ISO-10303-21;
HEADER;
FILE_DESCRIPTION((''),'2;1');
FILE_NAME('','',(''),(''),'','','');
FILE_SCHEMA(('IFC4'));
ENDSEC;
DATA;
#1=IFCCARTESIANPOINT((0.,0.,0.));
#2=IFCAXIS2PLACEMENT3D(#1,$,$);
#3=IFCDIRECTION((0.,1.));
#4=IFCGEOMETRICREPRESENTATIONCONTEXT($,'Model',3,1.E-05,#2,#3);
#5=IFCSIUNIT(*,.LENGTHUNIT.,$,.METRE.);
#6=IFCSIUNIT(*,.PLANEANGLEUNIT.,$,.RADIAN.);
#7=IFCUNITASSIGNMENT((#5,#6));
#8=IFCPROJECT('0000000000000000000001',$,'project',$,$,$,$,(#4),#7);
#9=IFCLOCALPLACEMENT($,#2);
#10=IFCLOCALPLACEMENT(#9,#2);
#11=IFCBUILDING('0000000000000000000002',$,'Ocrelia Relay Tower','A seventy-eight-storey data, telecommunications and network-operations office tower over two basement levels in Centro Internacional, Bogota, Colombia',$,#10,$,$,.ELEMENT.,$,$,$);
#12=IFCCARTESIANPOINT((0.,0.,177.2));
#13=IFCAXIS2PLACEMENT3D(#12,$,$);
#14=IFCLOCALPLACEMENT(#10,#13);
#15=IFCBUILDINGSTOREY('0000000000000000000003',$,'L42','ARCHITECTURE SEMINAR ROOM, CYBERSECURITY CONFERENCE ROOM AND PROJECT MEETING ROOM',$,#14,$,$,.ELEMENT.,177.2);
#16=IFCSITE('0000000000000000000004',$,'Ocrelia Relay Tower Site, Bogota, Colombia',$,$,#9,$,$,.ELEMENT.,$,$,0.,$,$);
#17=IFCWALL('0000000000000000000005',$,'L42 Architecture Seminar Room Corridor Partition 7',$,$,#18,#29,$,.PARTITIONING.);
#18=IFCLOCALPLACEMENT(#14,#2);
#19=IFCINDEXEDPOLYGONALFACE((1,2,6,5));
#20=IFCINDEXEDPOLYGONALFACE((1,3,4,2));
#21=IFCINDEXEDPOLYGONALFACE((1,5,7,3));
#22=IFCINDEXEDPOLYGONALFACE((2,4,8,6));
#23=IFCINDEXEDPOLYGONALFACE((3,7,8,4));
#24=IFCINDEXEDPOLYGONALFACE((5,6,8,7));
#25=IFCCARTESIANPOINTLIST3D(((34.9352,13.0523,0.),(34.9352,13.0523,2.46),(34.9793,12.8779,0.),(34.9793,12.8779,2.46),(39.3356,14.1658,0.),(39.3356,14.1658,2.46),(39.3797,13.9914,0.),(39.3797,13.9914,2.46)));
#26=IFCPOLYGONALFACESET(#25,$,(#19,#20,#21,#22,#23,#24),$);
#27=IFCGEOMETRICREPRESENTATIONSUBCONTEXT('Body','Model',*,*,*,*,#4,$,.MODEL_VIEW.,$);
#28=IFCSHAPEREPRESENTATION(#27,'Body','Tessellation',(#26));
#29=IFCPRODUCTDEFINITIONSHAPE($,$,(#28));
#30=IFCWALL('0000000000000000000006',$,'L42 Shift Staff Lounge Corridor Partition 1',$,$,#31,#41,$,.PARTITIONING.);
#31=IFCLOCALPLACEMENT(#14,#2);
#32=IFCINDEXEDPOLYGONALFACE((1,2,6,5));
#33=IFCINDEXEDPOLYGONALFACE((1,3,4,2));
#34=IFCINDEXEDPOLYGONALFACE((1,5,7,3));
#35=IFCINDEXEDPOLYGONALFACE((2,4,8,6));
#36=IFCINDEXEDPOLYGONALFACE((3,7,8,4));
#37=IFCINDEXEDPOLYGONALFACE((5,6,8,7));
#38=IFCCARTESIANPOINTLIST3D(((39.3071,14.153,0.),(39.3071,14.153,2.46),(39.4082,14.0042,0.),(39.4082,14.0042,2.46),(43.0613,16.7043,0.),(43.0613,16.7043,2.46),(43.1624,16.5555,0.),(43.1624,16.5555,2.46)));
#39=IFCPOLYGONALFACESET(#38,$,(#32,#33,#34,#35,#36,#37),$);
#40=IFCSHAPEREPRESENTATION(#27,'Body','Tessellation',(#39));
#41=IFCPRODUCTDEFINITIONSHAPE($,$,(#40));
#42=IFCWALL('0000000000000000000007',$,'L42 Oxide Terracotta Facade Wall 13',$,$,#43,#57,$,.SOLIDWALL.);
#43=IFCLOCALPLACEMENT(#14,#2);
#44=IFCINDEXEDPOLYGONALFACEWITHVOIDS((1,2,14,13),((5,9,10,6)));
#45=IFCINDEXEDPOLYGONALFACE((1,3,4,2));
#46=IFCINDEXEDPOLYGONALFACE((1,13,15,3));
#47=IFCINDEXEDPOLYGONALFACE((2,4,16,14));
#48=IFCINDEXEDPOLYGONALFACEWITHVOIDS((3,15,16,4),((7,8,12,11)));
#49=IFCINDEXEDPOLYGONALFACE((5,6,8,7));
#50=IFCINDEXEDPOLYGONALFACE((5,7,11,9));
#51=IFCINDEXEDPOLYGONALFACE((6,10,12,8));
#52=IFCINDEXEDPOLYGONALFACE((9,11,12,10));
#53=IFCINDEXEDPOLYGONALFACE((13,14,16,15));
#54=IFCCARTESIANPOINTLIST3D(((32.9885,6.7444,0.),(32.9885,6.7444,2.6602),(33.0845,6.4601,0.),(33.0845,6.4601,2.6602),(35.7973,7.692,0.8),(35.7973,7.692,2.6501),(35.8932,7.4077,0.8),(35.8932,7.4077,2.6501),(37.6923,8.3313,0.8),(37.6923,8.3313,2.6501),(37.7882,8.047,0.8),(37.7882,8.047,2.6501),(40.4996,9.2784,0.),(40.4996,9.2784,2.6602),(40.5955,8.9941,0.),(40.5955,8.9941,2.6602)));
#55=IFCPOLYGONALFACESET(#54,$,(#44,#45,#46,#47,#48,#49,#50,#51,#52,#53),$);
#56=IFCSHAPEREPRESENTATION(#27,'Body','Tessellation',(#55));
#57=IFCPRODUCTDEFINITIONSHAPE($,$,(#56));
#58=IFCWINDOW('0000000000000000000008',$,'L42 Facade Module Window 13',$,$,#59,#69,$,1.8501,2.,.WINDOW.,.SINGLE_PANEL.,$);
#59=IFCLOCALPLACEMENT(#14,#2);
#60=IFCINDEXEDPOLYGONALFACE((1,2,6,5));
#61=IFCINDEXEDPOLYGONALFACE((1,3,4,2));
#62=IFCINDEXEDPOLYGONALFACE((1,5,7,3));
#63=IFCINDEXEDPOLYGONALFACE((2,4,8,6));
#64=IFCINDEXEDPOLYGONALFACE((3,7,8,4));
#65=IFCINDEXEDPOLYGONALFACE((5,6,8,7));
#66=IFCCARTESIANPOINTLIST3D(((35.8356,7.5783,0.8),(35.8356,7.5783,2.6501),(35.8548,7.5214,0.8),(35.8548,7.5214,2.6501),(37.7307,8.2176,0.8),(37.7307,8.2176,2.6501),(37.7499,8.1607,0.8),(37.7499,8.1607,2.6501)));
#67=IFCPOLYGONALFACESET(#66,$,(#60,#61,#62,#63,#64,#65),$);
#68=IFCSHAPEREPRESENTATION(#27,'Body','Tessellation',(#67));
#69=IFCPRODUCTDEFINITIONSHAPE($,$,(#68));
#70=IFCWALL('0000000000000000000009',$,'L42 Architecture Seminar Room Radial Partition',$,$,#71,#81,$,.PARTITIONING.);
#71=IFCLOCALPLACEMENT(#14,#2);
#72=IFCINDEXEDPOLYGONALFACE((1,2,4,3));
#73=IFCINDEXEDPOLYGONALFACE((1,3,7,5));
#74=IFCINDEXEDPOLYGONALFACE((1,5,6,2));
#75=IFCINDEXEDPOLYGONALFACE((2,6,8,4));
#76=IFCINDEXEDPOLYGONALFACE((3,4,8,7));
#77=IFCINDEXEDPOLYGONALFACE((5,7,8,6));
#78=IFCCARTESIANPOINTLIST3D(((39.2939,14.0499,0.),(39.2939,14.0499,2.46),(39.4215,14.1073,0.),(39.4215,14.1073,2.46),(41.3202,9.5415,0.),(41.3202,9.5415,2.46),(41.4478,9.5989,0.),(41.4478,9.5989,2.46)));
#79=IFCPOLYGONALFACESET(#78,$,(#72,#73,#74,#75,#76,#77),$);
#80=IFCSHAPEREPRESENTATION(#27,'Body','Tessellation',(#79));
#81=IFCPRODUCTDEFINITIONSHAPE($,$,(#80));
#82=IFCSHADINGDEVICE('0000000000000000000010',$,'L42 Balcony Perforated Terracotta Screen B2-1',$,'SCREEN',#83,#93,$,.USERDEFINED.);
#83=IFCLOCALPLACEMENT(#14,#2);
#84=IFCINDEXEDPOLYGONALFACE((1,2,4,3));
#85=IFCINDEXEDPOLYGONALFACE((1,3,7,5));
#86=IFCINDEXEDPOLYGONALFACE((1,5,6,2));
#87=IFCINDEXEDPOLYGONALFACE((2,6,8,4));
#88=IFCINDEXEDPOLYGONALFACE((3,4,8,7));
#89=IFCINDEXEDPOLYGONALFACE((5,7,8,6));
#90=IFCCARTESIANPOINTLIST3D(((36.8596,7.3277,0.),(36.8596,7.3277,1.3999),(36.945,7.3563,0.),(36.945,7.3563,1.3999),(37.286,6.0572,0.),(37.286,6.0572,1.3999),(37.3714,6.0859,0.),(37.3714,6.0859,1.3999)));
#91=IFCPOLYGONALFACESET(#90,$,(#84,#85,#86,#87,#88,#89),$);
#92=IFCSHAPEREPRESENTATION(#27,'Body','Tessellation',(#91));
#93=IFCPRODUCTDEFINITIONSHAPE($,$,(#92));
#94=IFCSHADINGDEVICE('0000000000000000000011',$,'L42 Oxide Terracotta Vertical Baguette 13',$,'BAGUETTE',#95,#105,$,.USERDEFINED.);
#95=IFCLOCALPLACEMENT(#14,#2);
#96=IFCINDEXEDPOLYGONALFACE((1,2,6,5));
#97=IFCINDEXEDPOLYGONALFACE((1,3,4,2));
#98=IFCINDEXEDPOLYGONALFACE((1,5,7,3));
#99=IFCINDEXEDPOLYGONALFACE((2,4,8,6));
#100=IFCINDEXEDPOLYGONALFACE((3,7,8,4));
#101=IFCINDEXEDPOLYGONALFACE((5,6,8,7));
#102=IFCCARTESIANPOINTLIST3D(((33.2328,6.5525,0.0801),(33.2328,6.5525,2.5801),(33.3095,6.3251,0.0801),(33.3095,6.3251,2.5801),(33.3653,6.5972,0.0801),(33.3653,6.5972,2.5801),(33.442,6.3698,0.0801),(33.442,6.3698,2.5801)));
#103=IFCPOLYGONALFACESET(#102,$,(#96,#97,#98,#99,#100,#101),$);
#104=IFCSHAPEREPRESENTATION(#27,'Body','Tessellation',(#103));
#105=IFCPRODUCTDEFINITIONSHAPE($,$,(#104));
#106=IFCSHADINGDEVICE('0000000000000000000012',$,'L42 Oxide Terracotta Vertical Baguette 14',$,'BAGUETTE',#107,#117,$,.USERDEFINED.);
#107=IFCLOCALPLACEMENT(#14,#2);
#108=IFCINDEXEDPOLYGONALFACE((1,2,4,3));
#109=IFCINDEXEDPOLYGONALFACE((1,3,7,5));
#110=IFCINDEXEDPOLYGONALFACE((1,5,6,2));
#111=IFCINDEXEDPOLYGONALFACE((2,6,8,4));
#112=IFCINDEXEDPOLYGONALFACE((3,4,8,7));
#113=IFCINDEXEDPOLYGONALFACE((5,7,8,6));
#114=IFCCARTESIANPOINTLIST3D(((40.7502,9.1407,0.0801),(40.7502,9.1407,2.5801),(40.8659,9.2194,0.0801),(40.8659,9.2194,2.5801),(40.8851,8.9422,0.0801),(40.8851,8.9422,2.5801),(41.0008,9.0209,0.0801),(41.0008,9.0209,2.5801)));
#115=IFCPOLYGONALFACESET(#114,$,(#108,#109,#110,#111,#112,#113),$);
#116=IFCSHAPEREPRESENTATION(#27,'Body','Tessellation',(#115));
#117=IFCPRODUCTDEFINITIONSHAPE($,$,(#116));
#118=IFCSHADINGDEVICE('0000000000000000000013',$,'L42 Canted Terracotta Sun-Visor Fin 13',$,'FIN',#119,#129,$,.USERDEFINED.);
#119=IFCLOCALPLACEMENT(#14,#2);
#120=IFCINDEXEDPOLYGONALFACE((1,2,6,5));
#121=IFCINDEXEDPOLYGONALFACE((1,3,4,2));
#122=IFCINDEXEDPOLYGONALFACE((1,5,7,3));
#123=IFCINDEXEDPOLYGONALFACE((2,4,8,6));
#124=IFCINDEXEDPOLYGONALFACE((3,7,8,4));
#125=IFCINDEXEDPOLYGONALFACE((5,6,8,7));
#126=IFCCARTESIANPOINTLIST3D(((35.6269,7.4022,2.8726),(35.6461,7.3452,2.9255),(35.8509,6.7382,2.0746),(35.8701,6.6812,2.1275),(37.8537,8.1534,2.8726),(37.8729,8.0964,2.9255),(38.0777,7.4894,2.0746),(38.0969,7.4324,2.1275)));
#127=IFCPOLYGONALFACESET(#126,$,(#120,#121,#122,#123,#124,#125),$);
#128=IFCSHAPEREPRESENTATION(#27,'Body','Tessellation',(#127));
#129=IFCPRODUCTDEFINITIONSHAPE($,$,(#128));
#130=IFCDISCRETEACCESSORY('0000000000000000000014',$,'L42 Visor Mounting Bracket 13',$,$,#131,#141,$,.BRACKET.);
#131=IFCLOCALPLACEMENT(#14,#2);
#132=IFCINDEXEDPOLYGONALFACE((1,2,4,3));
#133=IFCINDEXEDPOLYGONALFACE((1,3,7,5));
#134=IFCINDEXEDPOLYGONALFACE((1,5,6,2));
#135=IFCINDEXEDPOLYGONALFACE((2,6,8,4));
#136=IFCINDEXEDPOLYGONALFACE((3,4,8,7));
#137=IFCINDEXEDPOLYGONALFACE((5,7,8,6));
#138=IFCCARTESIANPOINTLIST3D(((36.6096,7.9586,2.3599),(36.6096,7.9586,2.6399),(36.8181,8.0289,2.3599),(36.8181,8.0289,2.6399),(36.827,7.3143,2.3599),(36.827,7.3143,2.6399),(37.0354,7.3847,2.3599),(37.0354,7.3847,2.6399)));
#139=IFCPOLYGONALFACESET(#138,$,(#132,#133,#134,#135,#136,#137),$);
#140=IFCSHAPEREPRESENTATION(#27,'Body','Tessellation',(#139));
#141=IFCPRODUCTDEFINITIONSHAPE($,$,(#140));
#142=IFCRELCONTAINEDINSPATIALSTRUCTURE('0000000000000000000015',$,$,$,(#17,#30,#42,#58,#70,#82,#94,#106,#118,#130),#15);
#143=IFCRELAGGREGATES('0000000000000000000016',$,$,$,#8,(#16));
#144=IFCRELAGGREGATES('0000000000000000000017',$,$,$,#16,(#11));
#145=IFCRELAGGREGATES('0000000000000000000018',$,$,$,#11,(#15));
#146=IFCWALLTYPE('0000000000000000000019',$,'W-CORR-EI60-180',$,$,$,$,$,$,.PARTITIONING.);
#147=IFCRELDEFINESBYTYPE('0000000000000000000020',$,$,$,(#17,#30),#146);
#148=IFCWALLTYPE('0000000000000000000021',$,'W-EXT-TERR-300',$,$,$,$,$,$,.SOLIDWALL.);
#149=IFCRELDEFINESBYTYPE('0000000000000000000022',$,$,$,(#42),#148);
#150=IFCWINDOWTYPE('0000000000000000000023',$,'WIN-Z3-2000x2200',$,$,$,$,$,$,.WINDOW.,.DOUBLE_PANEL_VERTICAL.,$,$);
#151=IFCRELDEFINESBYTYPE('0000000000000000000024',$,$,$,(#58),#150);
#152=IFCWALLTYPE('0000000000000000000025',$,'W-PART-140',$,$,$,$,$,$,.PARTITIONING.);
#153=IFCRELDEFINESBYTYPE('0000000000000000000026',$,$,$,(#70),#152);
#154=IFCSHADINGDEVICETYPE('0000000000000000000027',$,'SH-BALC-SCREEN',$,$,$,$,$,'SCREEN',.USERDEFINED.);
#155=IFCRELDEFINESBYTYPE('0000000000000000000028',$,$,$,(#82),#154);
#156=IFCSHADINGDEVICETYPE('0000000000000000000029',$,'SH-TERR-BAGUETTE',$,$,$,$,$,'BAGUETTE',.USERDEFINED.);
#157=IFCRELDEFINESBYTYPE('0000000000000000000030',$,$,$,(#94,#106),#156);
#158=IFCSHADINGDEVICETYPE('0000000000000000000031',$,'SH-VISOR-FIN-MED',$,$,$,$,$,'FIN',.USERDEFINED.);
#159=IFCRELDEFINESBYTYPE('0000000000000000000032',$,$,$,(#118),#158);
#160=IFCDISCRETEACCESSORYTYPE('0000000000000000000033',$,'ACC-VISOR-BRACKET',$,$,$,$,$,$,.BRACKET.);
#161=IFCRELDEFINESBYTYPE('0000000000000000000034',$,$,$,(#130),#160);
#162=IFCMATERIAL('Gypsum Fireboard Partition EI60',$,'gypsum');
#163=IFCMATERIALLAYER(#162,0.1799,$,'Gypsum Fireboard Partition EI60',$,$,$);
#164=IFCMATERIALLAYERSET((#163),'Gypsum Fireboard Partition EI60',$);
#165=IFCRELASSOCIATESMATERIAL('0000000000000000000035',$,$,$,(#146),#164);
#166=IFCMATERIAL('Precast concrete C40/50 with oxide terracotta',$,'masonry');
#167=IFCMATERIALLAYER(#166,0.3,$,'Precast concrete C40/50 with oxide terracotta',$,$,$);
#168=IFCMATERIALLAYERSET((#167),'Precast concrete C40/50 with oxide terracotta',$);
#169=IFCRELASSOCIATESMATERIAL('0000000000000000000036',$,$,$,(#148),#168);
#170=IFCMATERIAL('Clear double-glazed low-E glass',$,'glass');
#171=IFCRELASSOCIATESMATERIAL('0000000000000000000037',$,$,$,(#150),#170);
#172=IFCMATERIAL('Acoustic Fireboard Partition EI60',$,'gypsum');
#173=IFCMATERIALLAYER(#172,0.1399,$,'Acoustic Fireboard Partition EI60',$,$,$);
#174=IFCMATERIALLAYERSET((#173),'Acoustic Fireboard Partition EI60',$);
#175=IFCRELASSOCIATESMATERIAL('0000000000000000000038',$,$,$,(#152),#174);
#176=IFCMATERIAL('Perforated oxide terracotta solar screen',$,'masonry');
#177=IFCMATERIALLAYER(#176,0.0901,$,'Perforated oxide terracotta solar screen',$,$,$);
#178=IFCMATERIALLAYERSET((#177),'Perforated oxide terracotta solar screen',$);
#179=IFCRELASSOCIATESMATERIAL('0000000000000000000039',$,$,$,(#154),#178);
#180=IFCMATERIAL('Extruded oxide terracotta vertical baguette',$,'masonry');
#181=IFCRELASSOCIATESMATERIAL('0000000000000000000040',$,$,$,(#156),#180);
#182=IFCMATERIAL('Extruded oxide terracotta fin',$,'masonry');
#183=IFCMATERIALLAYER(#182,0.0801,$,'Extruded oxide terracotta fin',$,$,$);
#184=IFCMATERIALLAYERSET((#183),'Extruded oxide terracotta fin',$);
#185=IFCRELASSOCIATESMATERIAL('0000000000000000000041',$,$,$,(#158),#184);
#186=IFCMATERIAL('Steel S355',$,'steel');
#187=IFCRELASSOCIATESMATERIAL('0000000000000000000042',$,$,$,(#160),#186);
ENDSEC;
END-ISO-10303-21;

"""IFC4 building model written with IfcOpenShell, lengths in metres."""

from ifc_helpers import new_model, si_unit, direction, frame, frame_2d, origin, origin_2d, place, context, subcontext, project, spatial, rectangle, extrude, material, layer, layer_set, type_object, element, fill, save


model = new_model("IFC4")

# Units and contexts
model_context = context("Model", 3, precision=1e-05, world=origin(), true_north=direction((0.0, 1.0)))
body_context = subcontext(model_context, "Body", "Model", "MODEL_VIEW")
ifc_project = project(units=[si_unit("LENGTHUNIT", "METRE"), si_unit("PLANEANGLEUNIT", "RADIAN")], contexts=[model_context])

# Site, building, storey
site_placement = place(None, origin())
site = spatial("IfcSite", under=ifc_project, at=site_placement, Name="Ocrelia Relay Tower Site, Bogota, Colombia", CompositionType="ELEMENT", RefElevation=0.0)
building_placement = place(site_placement, origin())
building = spatial("IfcBuilding", under=site, at=building_placement, Name="Ocrelia Relay Tower", Description="A seventy-eight-storey data, telecommunications and network-operations office tower over two basement levels in Centro Internacional, Bogota, Colombia", CompositionType="ELEMENT")
storey_placement = place(building_placement, frame((0.0, 0.0, 177.2)))
storey = spatial("IfcBuildingStorey", under=building, at=storey_placement, Name="L42", Description="ARCHITECTURE SEMINAR ROOM, CYBERSECURITY CONFERENCE ROOM AND PROJECT MEETING ROOM", CompositionType="ELEMENT", Elevation=177.2)

# Shared definitions
ifc_material_1 = material(Name="Steel S355", Category="steel")

# Walls
ifc_material_2 = material(Name="Gypsum Fireboard Partition EI60", Category="gypsum")
ifc_layer_1 = layer(ifc_material_2, 0.1799, Name="Gypsum Fireboard Partition EI60")
ifc_layer_set_1 = layer_set([ifc_layer_1], Name="Gypsum Fireboard Partition EI60")
wall_type_1 = type_object("IfcWallType", Name="W-CORR-EI60-180", PredefinedType="PARTITIONING", material=ifc_layer_set_1)
for number, where, z_axis, x_axis, name in (
    (1, (34.9573, 12.9651, 0.0), (0.0, 0.0, 1.0), (0.969442, 0.245319, 0.0), "L42 Architecture Seminar Room Corridor Partition 7"),
    (2, (39.3577, 14.0786, 0.0), (0.0, 0.0, 1.0), (0.827086, 0.562076, 0.0), "L42 Shift Staff Lounge Corridor Partition 1"),
):
    element("IfcWall", number, at=place(storey_placement, frame(where, z_axis=z_axis, x_axis=x_axis)), inside=storey, type_object=wall_type_1, Name=name, PredefinedType="PARTITIONING", context=body_context, shape_type="SweptSolid", body=[
        extrude(rectangle(XDim=4.5391, YDim=0.1799, at=frame_2d((2.2695, 0.0))), origin(), (0.0, 0.0, 1.0), 2.46),
    ])

# Wall, opening, window
ifc_material_3 = material(Name="Precast concrete C40/50 with oxide terracotta", Category="masonry")
ifc_layer_2 = layer(ifc_material_3, 0.3, Name="Precast concrete C40/50 with oxide terracotta")
ifc_layer_set_2 = layer_set([ifc_layer_2], Name="Precast concrete C40/50 with oxide terracotta")
wall_type_2 = type_object("IfcWallType", Name="W-EXT-TERR-300", PredefinedType="SOLIDWALL", material=ifc_layer_set_2)
wall_1_placement = place(storey_placement, frame((33.0366, 6.6023, 0.0), z_axis=(0.0, 0.0, 1.0), x_axis=(0.947531, 0.319663, 0.0)))
wall_1 = element("IfcWall", 3, at=wall_1_placement, inside=storey, type_object=wall_type_2, Name="L42 Oxide Terracotta Facade Wall 13", PredefinedType="SOLIDWALL", context=body_context, shape_type="SweptSolid", body=[
    extrude(rectangle(XDim=7.927, YDim=0.3, at=frame_2d((3.9634, 0.0))), origin(), (0.0, 0.0, 1.0), 2.6602),
])
opening_1_placement = place(wall_1_placement, frame((2.9641, 0.0, 0.8)))
opening_1 = element("IfcOpeningElement", 4, at=opening_1_placement, cuts=wall_1, PredefinedType="OPENING", context=body_context, shape_type="SweptSolid", body=[
    extrude(rectangle(XDim=2.0, YDim=1.8501, at=frame_2d((1.0, 0.925))), frame((0.0, 0.1602, 0.0), z_axis=(0.0, -1.0, 0.0), x_axis=(1.0, 0.0, 0.0)), (0.0, 0.0, 1.0), 0.3201),
])
ifc_material_4 = material(Name="Clear double-glazed low-E glass", Category="glass")
window_type = type_object("IfcWindowType", Name="WIN-Z3-2000x2200", PartitioningType="DOUBLE_PANEL_VERTICAL", PredefinedType="WINDOW", material=ifc_material_4)
window_placement = place(opening_1_placement, origin())
window = element("IfcWindow", 5, at=window_placement, inside=storey, type_object=window_type, Name="L42 Facade Module Window 13", OverallHeight=1.8501, OverallWidth=2.0, PartitioningType="SINGLE_PANEL", PredefinedType="WINDOW", context=body_context, shape_type="SweptSolid", body=[
    extrude(rectangle(XDim=2.0, YDim=1.8501, at=frame_2d((1.0, 0.925))), frame((0.0, 0.03, 0.0), z_axis=(0.0, -1.0, 0.0), x_axis=(1.0, 0.0, 0.0)), (0.0, 0.0, 1.0), 0.0601),
])
fill(opening_1, window)

# Wall
ifc_material_5 = material(Name="Acoustic Fireboard Partition EI60", Category="gypsum")
ifc_layer_3 = layer(ifc_material_5, 0.1399, Name="Acoustic Fireboard Partition EI60")
ifc_layer_set_3 = layer_set([ifc_layer_3], Name="Acoustic Fireboard Partition EI60")
wall_type_3 = type_object("IfcWallType", Name="W-PART-140", PredefinedType="PARTITIONING", material=ifc_layer_set_3)
wall_2_placement = place(storey_placement, frame((39.3577, 14.0786, 0.0), z_axis=(0.0, 0.0, 1.0), x_axis=(0.409948, -0.912109, 0.0)))
element("IfcWall", 6, at=wall_2_placement, inside=storey, type_object=wall_type_3, Name="L42 Architecture Seminar Room Radial Partition", PredefinedType="PARTITIONING", context=body_context, shape_type="SweptSolid", body=[
    extrude(rectangle(XDim=4.9429, YDim=0.1399, at=frame_2d((2.4714, 0.0))), origin(), (0.0, 0.0, 1.0), 2.46),
])

# Shading devices
ifc_material_6 = material(Name="Perforated oxide terracotta solar screen", Category="masonry")
ifc_layer_4 = layer(ifc_material_6, 0.0901, Name="Perforated oxide terracotta solar screen")
ifc_layer_set_4 = layer_set([ifc_layer_4], Name="Perforated oxide terracotta solar screen")
shading_device_type_1 = type_object("IfcShadingDeviceType", Name="SH-BALC-SCREEN", ElementType="SCREEN", PredefinedType="USERDEFINED", material=ifc_layer_set_4)
shading_device_1_placement = place(storey_placement, frame((37.1155, 6.7068, 0.0), z_axis=(0.0, 0.0, 1.0), x_axis=(0.318208, -0.948021, 0.0)))
element("IfcShadingDevice", 7, at=shading_device_1_placement, inside=storey, type_object=shading_device_type_1, Name="L42 Balcony Perforated Terracotta Screen B2-1", ObjectType="SCREEN", PredefinedType="USERDEFINED", context=body_context, shape_type="SweptSolid", body=[
    extrude(rectangle(XDim=1.3401, YDim=0.0901, at=origin_2d()), origin(), (0.0, 0.0, 1.0), 1.3999),
])
ifc_material_7 = material(Name="Extruded oxide terracotta vertical baguette", Category="masonry")
shading_device_type_2 = type_object("IfcShadingDeviceType", Name="SH-TERR-BAGUETTE", ElementType="BAGUETTE", PredefinedType="USERDEFINED", material=ifc_material_7)
for number, where, z_axis, x_axis, name in (
    (8, (33.3374, 6.4612, 0.0801), (0.0, 0.0, 1.0), (0.947535, 0.319651, 0.0), "L42 Oxide Terracotta Vertical Baguette 13"),
    (9, (40.8755, 9.0808, 0.0801), (0.0, 0.0, 1.0), (0.827082, 0.562081, 0.0), "L42 Oxide Terracotta Vertical Baguette 14"),
):
    element("IfcShadingDevice", number, at=place(storey_placement, frame(where, z_axis=z_axis, x_axis=x_axis)), inside=storey, type_object=shading_device_type_2, Name=name, ObjectType="BAGUETTE", PredefinedType="USERDEFINED", context=body_context, shape_type="SweptSolid", body=[
        extrude(rectangle(XDim=0.1399, YDim=0.24, at=origin_2d()), origin(), (0.0, 0.0, 1.0), 2.5),
    ])
ifc_material_8 = material(Name="Extruded oxide terracotta fin", Category="masonry")
ifc_layer_5 = layer(ifc_material_8, 0.0801, Name="Extruded oxide terracotta fin")
ifc_layer_set_5 = layer_set([ifc_layer_5], Name="Extruded oxide terracotta fin")
shading_device_type_3 = type_object("IfcShadingDeviceType", Name="SH-VISOR-FIN-MED", ElementType="FIN", PredefinedType="USERDEFINED", material=ifc_layer_set_5)
shading_device_2_placement = place(storey_placement, frame((36.8523, 7.4458, 2.4736), z_axis=(0.240179, -0.711959, 0.659871), x_axis=(0.947535, 0.319651, 0.0)))
element("IfcShadingDevice", 10, at=shading_device_2_placement, inside=storey, type_object=shading_device_type_3, Name="L42 Canted Terracotta Sun-Visor Fin 13", ObjectType="FIN", PredefinedType="USERDEFINED", context=body_context, shape_type="SweptSolid", body=[
    extrude(rectangle(XDim=2.3501, YDim=1.062, at=origin_2d()), origin(), (0.0, 0.0, 1.0), 0.0801),
])

# Discrete accessory
discrete_accessory_type = type_object("IfcDiscreteAccessoryType", Name="ACC-VISOR-BRACKET", PredefinedType="BRACKET", material=ifc_material_1)
discrete_accessory_placement = place(storey_placement, frame((36.8225, 7.6716, 2.3599), z_axis=(0.0, 0.0, 1.0), x_axis=(0.947535, 0.319651, 0.0)))
element("IfcDiscreteAccessory", 11, at=discrete_accessory_placement, inside=storey, type_object=discrete_accessory_type, Name="L42 Visor Mounting Bracket 13", PredefinedType="BRACKET", context=body_context, shape_type="SweptSolid", body=[
    extrude(rectangle(XDim=0.22, YDim=0.6799, at=origin_2d()), origin(), (0.0, 0.0, 1.0), 0.28),
])

save(model, "model.ifc")
